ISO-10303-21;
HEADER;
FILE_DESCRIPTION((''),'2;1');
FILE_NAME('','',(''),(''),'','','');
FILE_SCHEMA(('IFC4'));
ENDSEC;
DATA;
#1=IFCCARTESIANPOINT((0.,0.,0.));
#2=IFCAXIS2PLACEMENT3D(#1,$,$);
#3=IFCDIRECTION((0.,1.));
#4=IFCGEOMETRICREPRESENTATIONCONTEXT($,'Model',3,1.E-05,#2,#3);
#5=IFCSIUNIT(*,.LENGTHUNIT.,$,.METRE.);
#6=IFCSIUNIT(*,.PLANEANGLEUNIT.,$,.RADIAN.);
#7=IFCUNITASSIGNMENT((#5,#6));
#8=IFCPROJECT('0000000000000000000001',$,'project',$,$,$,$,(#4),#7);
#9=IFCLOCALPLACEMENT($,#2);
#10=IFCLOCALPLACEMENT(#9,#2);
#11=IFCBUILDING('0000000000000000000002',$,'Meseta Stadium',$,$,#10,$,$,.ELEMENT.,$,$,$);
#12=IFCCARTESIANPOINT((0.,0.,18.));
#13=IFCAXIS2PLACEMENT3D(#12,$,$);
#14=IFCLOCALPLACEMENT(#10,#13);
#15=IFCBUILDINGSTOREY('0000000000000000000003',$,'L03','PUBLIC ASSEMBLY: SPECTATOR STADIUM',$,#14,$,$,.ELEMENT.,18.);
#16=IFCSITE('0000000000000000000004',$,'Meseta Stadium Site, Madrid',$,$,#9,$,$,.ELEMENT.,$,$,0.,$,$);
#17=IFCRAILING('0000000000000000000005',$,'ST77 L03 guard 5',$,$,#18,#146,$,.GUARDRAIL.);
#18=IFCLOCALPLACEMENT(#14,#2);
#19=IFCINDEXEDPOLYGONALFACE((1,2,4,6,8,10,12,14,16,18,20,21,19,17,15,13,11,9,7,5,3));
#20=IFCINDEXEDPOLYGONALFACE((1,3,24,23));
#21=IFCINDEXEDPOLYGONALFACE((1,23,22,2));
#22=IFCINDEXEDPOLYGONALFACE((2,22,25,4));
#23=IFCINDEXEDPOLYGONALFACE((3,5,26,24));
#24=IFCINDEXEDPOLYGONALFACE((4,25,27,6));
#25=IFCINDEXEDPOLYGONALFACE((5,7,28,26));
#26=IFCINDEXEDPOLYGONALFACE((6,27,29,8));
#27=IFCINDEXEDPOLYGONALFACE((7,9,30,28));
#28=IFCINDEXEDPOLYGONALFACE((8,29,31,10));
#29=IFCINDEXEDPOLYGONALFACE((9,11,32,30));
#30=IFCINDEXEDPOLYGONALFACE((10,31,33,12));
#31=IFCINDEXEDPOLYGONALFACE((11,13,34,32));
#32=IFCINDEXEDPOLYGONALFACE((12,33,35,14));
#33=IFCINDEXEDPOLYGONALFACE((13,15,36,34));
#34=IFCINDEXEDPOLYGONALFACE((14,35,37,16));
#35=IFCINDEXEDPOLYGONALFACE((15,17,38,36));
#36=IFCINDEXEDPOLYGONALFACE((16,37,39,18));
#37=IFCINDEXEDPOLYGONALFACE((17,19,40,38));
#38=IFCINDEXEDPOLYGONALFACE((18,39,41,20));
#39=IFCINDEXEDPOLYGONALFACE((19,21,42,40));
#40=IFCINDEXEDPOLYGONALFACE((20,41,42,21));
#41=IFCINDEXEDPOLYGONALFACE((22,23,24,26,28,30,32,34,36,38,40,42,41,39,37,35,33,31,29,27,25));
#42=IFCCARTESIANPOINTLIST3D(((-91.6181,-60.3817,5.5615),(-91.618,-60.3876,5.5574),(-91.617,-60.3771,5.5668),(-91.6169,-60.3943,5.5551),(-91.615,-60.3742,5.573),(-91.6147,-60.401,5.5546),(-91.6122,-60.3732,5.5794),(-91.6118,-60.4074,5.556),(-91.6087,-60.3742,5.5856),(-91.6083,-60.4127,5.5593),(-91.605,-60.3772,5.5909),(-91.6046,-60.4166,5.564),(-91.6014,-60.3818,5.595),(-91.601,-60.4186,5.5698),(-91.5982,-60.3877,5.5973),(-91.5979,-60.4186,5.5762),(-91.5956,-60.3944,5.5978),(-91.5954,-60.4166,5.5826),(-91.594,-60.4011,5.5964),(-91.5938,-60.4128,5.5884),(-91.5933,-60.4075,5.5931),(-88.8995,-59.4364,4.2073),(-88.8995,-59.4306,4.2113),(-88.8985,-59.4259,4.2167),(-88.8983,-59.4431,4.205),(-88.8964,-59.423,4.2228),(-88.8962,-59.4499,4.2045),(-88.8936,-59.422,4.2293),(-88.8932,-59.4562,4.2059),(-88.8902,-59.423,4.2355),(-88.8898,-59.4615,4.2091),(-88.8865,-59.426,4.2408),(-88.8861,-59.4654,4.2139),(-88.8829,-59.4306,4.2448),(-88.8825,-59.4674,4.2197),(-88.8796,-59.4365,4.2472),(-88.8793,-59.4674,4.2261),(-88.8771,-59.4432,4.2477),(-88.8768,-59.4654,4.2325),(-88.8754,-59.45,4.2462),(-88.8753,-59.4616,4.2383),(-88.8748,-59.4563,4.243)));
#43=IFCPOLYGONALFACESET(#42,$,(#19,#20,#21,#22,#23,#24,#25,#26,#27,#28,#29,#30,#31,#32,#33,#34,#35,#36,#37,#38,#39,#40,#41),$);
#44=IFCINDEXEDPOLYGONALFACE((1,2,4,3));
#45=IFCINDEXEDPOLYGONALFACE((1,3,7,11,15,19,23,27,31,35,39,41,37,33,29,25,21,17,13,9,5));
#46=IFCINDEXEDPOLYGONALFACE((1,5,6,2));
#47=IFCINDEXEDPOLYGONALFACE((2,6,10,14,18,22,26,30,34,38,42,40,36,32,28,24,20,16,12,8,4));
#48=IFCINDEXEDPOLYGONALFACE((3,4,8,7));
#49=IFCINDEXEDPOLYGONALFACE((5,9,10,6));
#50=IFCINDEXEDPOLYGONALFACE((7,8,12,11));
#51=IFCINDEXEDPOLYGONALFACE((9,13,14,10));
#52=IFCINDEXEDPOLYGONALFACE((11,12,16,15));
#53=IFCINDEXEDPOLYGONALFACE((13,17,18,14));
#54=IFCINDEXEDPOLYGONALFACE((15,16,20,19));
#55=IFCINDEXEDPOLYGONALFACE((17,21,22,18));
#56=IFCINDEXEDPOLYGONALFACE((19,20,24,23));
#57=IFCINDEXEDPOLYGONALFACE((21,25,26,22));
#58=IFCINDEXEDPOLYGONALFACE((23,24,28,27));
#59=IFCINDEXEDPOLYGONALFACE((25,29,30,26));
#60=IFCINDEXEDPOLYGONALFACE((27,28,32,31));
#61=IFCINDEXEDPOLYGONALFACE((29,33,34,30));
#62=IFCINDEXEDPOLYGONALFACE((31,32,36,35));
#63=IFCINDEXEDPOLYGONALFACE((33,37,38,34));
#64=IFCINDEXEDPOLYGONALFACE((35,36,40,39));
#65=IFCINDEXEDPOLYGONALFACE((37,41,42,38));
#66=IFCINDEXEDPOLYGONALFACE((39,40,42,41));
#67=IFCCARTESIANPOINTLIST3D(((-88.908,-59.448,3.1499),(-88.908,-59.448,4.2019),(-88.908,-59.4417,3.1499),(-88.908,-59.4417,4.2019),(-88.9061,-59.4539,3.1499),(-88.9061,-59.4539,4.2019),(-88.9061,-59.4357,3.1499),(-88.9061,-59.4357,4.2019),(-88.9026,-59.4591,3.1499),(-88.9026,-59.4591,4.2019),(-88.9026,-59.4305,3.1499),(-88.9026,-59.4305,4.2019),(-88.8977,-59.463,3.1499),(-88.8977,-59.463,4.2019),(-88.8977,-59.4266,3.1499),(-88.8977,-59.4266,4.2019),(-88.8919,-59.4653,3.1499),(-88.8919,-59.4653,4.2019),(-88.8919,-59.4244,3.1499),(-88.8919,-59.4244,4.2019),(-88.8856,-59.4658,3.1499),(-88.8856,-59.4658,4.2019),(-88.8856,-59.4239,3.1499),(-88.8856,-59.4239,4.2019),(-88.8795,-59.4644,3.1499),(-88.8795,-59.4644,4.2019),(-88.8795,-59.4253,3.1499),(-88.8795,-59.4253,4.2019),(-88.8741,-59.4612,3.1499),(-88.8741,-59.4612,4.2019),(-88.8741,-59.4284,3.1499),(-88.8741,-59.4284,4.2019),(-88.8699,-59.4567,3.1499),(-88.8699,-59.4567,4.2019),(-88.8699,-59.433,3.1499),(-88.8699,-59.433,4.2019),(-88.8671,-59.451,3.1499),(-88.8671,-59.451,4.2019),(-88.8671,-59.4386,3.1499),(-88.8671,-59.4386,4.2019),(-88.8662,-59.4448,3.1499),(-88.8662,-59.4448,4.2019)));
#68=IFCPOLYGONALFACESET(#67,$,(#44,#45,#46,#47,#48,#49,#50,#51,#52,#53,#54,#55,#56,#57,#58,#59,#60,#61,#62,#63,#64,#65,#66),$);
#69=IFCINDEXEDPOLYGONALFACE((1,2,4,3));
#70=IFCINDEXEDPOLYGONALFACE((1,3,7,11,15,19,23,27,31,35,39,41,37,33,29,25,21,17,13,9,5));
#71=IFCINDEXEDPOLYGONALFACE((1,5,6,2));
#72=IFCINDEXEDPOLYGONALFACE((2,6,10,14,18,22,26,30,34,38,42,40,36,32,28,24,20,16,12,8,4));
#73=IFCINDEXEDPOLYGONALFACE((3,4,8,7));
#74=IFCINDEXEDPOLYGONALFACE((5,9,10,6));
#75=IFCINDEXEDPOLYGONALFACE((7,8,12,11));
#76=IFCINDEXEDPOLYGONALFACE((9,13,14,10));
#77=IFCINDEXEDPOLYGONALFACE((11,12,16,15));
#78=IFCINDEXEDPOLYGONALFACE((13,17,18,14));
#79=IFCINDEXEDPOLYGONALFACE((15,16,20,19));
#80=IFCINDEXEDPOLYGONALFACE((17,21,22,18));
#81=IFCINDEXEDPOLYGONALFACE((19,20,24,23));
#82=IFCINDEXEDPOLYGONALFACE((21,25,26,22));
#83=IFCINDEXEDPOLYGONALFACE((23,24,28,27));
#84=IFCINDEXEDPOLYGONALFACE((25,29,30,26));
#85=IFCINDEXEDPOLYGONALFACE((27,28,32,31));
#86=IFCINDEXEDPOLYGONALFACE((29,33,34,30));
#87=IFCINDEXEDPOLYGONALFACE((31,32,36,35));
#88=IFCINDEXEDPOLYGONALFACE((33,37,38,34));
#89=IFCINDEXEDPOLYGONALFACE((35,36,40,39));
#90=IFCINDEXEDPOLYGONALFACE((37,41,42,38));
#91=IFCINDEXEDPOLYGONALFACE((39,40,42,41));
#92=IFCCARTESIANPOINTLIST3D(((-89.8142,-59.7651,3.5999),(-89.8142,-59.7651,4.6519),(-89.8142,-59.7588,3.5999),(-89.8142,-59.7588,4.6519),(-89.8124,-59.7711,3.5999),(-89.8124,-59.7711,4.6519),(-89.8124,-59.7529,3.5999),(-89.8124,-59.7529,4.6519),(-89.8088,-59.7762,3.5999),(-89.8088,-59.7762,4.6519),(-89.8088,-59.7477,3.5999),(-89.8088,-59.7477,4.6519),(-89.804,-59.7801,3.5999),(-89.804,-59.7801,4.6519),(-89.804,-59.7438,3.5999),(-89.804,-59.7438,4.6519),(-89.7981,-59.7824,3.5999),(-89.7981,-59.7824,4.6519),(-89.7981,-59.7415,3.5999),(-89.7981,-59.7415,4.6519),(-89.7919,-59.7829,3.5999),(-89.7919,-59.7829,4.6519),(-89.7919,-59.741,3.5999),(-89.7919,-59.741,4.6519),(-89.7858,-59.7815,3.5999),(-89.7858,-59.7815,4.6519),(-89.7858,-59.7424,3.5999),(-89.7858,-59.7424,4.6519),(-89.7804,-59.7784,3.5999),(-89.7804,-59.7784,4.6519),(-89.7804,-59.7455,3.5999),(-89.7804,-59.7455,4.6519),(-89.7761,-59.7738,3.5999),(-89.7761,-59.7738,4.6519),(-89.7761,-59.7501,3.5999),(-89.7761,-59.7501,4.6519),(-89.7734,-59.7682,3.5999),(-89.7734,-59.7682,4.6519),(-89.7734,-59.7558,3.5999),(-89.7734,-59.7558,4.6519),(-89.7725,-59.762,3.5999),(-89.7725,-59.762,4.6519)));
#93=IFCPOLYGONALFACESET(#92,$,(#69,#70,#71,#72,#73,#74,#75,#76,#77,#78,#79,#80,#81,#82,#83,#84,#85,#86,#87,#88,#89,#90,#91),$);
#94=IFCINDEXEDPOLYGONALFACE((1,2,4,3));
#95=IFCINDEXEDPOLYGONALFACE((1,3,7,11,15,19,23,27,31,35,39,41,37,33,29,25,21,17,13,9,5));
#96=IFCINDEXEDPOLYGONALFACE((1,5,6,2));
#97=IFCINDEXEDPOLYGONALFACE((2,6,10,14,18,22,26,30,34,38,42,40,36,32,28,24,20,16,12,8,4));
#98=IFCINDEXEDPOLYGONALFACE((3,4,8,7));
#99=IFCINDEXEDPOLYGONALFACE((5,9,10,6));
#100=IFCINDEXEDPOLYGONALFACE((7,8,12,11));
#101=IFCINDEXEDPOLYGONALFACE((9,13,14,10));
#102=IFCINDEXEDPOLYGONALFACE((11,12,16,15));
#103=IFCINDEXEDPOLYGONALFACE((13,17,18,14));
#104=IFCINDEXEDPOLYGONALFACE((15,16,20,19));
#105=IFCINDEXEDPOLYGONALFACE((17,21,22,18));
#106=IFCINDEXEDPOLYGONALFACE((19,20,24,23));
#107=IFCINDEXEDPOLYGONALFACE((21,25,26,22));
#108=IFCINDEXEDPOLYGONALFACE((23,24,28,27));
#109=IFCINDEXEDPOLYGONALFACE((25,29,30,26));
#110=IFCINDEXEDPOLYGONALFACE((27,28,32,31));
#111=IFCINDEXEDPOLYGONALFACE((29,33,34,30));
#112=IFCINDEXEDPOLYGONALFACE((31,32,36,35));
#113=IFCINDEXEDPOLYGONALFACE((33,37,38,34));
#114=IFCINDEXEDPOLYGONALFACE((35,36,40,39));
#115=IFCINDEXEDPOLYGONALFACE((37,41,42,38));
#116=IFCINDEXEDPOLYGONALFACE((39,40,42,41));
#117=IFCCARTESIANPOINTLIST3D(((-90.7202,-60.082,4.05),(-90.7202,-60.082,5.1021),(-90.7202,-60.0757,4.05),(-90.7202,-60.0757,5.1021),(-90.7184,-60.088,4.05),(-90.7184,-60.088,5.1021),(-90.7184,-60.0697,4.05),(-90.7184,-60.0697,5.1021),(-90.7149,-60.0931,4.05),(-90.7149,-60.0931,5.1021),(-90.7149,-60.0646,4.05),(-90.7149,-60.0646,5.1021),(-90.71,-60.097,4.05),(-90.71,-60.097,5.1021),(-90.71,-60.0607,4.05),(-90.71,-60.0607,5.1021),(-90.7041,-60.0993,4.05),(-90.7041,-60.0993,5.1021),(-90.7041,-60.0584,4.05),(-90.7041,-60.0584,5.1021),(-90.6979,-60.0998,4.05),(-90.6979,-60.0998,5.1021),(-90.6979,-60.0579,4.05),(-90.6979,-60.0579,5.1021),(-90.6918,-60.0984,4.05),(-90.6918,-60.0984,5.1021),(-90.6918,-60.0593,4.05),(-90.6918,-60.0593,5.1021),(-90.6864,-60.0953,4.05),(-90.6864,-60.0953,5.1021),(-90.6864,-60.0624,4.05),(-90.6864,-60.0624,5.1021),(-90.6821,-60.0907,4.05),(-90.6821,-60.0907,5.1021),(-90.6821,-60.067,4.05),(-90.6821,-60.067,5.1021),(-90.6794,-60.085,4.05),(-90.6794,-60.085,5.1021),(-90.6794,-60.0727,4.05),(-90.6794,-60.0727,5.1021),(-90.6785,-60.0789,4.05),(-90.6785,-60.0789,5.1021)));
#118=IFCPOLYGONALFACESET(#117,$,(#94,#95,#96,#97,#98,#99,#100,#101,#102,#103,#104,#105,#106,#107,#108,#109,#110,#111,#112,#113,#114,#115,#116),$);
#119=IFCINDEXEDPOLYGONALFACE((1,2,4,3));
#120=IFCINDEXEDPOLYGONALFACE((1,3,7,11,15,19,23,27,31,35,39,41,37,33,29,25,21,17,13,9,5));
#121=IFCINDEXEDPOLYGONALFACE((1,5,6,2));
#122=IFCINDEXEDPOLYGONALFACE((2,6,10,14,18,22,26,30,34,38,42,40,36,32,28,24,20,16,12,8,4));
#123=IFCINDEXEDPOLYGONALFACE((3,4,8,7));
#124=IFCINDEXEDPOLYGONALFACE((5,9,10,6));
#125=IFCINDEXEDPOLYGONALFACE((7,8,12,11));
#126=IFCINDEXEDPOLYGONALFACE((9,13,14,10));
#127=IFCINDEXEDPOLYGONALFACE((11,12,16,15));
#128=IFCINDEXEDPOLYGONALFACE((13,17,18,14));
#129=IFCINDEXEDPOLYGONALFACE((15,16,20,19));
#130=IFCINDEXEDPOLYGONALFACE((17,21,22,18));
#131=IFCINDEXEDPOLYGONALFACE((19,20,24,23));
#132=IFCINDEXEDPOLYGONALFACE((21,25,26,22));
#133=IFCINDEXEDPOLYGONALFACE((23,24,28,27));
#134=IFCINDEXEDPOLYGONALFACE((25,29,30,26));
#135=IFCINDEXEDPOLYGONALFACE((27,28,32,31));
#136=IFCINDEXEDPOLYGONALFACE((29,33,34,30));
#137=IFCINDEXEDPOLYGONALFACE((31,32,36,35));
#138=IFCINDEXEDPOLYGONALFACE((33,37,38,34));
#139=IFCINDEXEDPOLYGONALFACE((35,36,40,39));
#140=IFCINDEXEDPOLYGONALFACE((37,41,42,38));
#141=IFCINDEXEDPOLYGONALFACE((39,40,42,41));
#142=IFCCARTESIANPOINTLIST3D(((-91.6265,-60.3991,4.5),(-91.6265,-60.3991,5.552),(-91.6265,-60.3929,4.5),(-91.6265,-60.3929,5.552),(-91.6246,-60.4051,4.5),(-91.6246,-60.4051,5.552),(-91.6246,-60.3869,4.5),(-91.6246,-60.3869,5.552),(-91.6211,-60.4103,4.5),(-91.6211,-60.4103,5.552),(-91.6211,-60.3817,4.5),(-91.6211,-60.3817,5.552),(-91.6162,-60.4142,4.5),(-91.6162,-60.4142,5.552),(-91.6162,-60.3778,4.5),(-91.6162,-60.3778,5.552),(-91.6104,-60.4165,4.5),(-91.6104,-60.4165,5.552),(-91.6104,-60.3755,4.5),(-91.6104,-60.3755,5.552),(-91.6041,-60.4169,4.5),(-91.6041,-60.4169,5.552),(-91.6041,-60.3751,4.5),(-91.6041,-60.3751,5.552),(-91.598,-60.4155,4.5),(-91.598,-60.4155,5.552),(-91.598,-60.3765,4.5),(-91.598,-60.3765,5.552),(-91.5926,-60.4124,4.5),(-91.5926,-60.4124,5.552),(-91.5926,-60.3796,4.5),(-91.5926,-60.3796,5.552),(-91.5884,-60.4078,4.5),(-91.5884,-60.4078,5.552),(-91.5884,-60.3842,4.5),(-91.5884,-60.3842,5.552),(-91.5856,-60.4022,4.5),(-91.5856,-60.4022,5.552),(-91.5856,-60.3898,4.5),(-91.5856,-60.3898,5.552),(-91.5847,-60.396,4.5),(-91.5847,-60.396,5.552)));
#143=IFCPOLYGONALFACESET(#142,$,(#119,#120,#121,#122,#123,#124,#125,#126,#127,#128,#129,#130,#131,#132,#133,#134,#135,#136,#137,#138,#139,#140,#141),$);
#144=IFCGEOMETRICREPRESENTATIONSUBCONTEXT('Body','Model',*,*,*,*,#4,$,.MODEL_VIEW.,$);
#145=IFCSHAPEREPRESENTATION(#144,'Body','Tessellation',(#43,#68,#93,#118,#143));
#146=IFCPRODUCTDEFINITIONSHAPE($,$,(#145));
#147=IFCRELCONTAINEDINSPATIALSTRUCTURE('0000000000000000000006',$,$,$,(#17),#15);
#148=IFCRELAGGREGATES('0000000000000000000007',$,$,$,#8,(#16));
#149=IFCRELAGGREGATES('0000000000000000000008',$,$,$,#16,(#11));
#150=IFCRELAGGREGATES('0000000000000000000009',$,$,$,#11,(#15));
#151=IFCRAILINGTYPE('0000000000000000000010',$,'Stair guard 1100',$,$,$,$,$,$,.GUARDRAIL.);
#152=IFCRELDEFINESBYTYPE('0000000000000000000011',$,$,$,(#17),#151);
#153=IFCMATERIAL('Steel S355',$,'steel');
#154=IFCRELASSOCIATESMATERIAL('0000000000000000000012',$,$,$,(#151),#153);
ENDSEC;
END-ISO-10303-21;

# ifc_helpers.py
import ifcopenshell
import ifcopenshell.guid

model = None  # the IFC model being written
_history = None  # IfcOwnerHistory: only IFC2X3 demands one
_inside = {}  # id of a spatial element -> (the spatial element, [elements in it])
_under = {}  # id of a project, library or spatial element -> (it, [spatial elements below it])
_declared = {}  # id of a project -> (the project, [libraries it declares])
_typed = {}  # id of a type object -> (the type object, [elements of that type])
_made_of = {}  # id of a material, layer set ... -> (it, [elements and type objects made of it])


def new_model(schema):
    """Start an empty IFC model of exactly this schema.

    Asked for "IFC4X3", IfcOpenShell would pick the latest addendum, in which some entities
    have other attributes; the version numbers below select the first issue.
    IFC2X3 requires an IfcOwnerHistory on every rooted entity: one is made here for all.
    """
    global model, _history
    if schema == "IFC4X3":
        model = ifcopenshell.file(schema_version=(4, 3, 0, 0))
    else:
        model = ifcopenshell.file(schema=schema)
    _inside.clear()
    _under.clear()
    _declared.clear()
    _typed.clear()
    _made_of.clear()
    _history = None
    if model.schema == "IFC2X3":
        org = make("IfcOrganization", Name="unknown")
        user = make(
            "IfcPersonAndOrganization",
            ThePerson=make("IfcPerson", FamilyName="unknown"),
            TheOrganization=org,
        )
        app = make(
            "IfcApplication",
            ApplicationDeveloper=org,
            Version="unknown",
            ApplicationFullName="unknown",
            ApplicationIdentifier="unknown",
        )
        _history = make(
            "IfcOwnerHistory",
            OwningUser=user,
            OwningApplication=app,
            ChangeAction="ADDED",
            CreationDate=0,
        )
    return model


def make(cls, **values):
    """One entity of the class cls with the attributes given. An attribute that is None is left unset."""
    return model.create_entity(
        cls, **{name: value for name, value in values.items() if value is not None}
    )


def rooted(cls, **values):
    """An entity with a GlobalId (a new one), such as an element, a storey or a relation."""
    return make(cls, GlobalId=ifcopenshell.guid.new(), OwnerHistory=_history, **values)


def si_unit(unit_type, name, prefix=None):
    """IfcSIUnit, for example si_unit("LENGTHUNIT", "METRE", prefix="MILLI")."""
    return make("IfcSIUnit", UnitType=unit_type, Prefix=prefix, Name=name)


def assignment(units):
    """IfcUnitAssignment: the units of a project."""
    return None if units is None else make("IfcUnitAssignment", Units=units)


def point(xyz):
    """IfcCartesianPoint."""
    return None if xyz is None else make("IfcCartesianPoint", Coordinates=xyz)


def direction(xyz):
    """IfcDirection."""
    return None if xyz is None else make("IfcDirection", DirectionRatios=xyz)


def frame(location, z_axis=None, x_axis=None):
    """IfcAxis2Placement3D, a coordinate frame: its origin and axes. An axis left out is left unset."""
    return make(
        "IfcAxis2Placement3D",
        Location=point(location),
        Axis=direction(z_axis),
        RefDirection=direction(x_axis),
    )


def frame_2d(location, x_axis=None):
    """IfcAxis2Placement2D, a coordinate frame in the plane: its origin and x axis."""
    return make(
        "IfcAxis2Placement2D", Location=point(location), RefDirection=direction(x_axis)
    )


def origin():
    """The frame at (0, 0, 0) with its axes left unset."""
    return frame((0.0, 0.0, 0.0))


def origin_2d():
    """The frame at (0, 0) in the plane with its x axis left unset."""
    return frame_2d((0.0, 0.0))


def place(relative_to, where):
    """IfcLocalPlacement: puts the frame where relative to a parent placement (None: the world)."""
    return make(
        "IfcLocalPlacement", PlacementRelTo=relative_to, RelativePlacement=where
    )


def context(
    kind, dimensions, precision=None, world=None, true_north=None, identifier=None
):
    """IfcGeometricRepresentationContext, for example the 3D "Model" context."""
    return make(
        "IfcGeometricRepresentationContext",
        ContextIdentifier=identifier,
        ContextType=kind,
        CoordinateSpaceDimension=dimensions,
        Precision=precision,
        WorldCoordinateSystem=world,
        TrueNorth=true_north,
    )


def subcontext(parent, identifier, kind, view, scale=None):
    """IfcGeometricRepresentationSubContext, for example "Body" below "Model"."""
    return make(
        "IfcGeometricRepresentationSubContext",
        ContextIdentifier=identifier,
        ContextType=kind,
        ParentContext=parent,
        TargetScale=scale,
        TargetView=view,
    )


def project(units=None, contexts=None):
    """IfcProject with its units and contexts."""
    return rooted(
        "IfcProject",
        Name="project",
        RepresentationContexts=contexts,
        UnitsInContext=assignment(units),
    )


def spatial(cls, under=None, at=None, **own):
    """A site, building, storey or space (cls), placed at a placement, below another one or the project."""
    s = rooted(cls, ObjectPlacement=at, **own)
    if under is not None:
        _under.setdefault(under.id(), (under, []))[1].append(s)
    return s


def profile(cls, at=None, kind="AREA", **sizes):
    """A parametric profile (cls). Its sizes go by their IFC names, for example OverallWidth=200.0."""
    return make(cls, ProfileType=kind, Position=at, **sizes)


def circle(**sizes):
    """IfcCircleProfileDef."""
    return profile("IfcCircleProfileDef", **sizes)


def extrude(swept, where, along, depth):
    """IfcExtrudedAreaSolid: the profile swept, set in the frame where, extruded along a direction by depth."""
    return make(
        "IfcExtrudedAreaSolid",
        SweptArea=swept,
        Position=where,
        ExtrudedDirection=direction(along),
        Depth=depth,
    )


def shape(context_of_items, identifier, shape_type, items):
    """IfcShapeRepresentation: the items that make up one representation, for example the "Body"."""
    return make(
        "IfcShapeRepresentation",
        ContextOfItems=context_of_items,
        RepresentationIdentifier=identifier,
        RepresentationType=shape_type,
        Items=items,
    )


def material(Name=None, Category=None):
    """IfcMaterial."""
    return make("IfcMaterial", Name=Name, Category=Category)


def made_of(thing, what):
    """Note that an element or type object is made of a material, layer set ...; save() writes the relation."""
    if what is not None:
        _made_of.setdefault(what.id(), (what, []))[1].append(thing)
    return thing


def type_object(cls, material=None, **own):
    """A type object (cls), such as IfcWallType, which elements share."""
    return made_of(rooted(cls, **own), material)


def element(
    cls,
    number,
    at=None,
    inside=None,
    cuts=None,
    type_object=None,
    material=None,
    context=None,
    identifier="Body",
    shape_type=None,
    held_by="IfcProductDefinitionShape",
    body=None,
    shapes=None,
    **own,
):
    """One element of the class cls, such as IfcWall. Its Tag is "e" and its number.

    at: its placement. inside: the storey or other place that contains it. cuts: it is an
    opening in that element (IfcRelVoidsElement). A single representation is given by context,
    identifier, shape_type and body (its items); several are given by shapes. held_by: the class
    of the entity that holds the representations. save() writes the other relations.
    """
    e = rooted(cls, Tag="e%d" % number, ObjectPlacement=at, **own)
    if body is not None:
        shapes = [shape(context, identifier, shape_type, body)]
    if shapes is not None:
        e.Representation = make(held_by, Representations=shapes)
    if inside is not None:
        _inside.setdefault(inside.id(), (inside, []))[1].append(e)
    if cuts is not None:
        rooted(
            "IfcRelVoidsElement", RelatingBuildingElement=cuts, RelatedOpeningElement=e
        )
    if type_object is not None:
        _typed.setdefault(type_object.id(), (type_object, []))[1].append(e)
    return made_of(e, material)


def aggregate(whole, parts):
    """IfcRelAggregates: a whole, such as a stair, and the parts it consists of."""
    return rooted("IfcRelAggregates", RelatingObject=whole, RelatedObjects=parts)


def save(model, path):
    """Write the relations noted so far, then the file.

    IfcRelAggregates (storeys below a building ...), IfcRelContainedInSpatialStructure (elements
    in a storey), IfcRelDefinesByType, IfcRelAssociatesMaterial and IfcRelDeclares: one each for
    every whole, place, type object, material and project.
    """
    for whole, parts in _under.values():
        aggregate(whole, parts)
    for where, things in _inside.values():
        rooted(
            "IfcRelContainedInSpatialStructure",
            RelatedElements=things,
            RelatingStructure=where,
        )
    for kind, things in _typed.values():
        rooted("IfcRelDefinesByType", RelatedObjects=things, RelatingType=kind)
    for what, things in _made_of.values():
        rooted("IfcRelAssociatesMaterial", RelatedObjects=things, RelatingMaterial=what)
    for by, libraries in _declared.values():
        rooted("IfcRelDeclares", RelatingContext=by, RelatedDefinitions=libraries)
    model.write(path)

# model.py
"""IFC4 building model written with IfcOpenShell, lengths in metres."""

from ifc_helpers import new_model, si_unit, direction, frame, origin, origin_2d, place, context, subcontext, project, spatial, circle, extrude, material, type_object, element, save


model = new_model("IFC4")

# Units and contexts
model_context = context("Model", 3, precision=1e-05, world=origin(), true_north=direction((0.0, 1.0)))
body_context = subcontext(model_context, "Body", "Model", "MODEL_VIEW")
ifc_project = project(units=[si_unit("LENGTHUNIT", "METRE"), si_unit("PLANEANGLEUNIT", "RADIAN")], contexts=[model_context])

# Site, building, storey
site_placement = place(None, origin())
site = spatial("IfcSite", under=ifc_project, at=site_placement, Name="Meseta Stadium Site, Madrid", CompositionType="ELEMENT", RefElevation=0.0)
building_placement = place(site_placement, origin())
building = spatial("IfcBuilding", under=site, at=building_placement, Name="Meseta Stadium", CompositionType="ELEMENT")
storey_placement = place(building_placement, frame((0.0, 0.0, 18.0)))
storey = spatial("IfcBuildingStorey", under=building, at=storey_placement, Name="L03", Description="PUBLIC ASSEMBLY: SPECTATOR STADIUM", CompositionType="ELEMENT", Elevation=18.0)

# Railing
ifc_material_1 = material(Name="Steel S355", Category="steel")
railing_type_1 = type_object("IfcRailingType", Name="Stair guard 1100", PredefinedType="GUARDRAIL", material=ifc_material_1)
railing_1_placement = place(storey_placement, frame((-88.8872, -59.4448, 3.1499)))
element("IfcRailing", 1, at=railing_1_placement, inside=storey, type_object=railing_type_1, Name="ST77 L03 guard 5", PredefinedType="GUARDRAIL", context=body_context, shape_type="SweptSolid", body=[
    extrude(circle(Radius=0.0239, at=origin_2d()), frame((0.0, 0.0, 1.0762), z_axis=(-0.854649, -0.299031, 0.424446), x_axis=(0.330256, -0.943891, 0.0)), (0.0, 0.0, 1.0), 3.1809),
    extrude(circle(Radius=0.021, at=origin_2d()), origin(), (0.0, 0.0, 1.0), 1.052),
    extrude(circle(Radius=0.021, at=origin_2d()), frame((-0.9062, -0.3171, 0.45)), (0.0, 0.0, 1.0), 1.052),
    extrude(circle(Radius=0.021, at=origin_2d()), frame((-1.8123, -0.634, 0.9001)), (0.0, 0.0, 1.0), 1.052),
    extrude(circle(Radius=0.021, at=origin_2d()), frame((-2.7185, -0.9512, 1.3501)), (0.0, 0.0, 1.0), 1.052),
])

save(model, "model.ifc")
